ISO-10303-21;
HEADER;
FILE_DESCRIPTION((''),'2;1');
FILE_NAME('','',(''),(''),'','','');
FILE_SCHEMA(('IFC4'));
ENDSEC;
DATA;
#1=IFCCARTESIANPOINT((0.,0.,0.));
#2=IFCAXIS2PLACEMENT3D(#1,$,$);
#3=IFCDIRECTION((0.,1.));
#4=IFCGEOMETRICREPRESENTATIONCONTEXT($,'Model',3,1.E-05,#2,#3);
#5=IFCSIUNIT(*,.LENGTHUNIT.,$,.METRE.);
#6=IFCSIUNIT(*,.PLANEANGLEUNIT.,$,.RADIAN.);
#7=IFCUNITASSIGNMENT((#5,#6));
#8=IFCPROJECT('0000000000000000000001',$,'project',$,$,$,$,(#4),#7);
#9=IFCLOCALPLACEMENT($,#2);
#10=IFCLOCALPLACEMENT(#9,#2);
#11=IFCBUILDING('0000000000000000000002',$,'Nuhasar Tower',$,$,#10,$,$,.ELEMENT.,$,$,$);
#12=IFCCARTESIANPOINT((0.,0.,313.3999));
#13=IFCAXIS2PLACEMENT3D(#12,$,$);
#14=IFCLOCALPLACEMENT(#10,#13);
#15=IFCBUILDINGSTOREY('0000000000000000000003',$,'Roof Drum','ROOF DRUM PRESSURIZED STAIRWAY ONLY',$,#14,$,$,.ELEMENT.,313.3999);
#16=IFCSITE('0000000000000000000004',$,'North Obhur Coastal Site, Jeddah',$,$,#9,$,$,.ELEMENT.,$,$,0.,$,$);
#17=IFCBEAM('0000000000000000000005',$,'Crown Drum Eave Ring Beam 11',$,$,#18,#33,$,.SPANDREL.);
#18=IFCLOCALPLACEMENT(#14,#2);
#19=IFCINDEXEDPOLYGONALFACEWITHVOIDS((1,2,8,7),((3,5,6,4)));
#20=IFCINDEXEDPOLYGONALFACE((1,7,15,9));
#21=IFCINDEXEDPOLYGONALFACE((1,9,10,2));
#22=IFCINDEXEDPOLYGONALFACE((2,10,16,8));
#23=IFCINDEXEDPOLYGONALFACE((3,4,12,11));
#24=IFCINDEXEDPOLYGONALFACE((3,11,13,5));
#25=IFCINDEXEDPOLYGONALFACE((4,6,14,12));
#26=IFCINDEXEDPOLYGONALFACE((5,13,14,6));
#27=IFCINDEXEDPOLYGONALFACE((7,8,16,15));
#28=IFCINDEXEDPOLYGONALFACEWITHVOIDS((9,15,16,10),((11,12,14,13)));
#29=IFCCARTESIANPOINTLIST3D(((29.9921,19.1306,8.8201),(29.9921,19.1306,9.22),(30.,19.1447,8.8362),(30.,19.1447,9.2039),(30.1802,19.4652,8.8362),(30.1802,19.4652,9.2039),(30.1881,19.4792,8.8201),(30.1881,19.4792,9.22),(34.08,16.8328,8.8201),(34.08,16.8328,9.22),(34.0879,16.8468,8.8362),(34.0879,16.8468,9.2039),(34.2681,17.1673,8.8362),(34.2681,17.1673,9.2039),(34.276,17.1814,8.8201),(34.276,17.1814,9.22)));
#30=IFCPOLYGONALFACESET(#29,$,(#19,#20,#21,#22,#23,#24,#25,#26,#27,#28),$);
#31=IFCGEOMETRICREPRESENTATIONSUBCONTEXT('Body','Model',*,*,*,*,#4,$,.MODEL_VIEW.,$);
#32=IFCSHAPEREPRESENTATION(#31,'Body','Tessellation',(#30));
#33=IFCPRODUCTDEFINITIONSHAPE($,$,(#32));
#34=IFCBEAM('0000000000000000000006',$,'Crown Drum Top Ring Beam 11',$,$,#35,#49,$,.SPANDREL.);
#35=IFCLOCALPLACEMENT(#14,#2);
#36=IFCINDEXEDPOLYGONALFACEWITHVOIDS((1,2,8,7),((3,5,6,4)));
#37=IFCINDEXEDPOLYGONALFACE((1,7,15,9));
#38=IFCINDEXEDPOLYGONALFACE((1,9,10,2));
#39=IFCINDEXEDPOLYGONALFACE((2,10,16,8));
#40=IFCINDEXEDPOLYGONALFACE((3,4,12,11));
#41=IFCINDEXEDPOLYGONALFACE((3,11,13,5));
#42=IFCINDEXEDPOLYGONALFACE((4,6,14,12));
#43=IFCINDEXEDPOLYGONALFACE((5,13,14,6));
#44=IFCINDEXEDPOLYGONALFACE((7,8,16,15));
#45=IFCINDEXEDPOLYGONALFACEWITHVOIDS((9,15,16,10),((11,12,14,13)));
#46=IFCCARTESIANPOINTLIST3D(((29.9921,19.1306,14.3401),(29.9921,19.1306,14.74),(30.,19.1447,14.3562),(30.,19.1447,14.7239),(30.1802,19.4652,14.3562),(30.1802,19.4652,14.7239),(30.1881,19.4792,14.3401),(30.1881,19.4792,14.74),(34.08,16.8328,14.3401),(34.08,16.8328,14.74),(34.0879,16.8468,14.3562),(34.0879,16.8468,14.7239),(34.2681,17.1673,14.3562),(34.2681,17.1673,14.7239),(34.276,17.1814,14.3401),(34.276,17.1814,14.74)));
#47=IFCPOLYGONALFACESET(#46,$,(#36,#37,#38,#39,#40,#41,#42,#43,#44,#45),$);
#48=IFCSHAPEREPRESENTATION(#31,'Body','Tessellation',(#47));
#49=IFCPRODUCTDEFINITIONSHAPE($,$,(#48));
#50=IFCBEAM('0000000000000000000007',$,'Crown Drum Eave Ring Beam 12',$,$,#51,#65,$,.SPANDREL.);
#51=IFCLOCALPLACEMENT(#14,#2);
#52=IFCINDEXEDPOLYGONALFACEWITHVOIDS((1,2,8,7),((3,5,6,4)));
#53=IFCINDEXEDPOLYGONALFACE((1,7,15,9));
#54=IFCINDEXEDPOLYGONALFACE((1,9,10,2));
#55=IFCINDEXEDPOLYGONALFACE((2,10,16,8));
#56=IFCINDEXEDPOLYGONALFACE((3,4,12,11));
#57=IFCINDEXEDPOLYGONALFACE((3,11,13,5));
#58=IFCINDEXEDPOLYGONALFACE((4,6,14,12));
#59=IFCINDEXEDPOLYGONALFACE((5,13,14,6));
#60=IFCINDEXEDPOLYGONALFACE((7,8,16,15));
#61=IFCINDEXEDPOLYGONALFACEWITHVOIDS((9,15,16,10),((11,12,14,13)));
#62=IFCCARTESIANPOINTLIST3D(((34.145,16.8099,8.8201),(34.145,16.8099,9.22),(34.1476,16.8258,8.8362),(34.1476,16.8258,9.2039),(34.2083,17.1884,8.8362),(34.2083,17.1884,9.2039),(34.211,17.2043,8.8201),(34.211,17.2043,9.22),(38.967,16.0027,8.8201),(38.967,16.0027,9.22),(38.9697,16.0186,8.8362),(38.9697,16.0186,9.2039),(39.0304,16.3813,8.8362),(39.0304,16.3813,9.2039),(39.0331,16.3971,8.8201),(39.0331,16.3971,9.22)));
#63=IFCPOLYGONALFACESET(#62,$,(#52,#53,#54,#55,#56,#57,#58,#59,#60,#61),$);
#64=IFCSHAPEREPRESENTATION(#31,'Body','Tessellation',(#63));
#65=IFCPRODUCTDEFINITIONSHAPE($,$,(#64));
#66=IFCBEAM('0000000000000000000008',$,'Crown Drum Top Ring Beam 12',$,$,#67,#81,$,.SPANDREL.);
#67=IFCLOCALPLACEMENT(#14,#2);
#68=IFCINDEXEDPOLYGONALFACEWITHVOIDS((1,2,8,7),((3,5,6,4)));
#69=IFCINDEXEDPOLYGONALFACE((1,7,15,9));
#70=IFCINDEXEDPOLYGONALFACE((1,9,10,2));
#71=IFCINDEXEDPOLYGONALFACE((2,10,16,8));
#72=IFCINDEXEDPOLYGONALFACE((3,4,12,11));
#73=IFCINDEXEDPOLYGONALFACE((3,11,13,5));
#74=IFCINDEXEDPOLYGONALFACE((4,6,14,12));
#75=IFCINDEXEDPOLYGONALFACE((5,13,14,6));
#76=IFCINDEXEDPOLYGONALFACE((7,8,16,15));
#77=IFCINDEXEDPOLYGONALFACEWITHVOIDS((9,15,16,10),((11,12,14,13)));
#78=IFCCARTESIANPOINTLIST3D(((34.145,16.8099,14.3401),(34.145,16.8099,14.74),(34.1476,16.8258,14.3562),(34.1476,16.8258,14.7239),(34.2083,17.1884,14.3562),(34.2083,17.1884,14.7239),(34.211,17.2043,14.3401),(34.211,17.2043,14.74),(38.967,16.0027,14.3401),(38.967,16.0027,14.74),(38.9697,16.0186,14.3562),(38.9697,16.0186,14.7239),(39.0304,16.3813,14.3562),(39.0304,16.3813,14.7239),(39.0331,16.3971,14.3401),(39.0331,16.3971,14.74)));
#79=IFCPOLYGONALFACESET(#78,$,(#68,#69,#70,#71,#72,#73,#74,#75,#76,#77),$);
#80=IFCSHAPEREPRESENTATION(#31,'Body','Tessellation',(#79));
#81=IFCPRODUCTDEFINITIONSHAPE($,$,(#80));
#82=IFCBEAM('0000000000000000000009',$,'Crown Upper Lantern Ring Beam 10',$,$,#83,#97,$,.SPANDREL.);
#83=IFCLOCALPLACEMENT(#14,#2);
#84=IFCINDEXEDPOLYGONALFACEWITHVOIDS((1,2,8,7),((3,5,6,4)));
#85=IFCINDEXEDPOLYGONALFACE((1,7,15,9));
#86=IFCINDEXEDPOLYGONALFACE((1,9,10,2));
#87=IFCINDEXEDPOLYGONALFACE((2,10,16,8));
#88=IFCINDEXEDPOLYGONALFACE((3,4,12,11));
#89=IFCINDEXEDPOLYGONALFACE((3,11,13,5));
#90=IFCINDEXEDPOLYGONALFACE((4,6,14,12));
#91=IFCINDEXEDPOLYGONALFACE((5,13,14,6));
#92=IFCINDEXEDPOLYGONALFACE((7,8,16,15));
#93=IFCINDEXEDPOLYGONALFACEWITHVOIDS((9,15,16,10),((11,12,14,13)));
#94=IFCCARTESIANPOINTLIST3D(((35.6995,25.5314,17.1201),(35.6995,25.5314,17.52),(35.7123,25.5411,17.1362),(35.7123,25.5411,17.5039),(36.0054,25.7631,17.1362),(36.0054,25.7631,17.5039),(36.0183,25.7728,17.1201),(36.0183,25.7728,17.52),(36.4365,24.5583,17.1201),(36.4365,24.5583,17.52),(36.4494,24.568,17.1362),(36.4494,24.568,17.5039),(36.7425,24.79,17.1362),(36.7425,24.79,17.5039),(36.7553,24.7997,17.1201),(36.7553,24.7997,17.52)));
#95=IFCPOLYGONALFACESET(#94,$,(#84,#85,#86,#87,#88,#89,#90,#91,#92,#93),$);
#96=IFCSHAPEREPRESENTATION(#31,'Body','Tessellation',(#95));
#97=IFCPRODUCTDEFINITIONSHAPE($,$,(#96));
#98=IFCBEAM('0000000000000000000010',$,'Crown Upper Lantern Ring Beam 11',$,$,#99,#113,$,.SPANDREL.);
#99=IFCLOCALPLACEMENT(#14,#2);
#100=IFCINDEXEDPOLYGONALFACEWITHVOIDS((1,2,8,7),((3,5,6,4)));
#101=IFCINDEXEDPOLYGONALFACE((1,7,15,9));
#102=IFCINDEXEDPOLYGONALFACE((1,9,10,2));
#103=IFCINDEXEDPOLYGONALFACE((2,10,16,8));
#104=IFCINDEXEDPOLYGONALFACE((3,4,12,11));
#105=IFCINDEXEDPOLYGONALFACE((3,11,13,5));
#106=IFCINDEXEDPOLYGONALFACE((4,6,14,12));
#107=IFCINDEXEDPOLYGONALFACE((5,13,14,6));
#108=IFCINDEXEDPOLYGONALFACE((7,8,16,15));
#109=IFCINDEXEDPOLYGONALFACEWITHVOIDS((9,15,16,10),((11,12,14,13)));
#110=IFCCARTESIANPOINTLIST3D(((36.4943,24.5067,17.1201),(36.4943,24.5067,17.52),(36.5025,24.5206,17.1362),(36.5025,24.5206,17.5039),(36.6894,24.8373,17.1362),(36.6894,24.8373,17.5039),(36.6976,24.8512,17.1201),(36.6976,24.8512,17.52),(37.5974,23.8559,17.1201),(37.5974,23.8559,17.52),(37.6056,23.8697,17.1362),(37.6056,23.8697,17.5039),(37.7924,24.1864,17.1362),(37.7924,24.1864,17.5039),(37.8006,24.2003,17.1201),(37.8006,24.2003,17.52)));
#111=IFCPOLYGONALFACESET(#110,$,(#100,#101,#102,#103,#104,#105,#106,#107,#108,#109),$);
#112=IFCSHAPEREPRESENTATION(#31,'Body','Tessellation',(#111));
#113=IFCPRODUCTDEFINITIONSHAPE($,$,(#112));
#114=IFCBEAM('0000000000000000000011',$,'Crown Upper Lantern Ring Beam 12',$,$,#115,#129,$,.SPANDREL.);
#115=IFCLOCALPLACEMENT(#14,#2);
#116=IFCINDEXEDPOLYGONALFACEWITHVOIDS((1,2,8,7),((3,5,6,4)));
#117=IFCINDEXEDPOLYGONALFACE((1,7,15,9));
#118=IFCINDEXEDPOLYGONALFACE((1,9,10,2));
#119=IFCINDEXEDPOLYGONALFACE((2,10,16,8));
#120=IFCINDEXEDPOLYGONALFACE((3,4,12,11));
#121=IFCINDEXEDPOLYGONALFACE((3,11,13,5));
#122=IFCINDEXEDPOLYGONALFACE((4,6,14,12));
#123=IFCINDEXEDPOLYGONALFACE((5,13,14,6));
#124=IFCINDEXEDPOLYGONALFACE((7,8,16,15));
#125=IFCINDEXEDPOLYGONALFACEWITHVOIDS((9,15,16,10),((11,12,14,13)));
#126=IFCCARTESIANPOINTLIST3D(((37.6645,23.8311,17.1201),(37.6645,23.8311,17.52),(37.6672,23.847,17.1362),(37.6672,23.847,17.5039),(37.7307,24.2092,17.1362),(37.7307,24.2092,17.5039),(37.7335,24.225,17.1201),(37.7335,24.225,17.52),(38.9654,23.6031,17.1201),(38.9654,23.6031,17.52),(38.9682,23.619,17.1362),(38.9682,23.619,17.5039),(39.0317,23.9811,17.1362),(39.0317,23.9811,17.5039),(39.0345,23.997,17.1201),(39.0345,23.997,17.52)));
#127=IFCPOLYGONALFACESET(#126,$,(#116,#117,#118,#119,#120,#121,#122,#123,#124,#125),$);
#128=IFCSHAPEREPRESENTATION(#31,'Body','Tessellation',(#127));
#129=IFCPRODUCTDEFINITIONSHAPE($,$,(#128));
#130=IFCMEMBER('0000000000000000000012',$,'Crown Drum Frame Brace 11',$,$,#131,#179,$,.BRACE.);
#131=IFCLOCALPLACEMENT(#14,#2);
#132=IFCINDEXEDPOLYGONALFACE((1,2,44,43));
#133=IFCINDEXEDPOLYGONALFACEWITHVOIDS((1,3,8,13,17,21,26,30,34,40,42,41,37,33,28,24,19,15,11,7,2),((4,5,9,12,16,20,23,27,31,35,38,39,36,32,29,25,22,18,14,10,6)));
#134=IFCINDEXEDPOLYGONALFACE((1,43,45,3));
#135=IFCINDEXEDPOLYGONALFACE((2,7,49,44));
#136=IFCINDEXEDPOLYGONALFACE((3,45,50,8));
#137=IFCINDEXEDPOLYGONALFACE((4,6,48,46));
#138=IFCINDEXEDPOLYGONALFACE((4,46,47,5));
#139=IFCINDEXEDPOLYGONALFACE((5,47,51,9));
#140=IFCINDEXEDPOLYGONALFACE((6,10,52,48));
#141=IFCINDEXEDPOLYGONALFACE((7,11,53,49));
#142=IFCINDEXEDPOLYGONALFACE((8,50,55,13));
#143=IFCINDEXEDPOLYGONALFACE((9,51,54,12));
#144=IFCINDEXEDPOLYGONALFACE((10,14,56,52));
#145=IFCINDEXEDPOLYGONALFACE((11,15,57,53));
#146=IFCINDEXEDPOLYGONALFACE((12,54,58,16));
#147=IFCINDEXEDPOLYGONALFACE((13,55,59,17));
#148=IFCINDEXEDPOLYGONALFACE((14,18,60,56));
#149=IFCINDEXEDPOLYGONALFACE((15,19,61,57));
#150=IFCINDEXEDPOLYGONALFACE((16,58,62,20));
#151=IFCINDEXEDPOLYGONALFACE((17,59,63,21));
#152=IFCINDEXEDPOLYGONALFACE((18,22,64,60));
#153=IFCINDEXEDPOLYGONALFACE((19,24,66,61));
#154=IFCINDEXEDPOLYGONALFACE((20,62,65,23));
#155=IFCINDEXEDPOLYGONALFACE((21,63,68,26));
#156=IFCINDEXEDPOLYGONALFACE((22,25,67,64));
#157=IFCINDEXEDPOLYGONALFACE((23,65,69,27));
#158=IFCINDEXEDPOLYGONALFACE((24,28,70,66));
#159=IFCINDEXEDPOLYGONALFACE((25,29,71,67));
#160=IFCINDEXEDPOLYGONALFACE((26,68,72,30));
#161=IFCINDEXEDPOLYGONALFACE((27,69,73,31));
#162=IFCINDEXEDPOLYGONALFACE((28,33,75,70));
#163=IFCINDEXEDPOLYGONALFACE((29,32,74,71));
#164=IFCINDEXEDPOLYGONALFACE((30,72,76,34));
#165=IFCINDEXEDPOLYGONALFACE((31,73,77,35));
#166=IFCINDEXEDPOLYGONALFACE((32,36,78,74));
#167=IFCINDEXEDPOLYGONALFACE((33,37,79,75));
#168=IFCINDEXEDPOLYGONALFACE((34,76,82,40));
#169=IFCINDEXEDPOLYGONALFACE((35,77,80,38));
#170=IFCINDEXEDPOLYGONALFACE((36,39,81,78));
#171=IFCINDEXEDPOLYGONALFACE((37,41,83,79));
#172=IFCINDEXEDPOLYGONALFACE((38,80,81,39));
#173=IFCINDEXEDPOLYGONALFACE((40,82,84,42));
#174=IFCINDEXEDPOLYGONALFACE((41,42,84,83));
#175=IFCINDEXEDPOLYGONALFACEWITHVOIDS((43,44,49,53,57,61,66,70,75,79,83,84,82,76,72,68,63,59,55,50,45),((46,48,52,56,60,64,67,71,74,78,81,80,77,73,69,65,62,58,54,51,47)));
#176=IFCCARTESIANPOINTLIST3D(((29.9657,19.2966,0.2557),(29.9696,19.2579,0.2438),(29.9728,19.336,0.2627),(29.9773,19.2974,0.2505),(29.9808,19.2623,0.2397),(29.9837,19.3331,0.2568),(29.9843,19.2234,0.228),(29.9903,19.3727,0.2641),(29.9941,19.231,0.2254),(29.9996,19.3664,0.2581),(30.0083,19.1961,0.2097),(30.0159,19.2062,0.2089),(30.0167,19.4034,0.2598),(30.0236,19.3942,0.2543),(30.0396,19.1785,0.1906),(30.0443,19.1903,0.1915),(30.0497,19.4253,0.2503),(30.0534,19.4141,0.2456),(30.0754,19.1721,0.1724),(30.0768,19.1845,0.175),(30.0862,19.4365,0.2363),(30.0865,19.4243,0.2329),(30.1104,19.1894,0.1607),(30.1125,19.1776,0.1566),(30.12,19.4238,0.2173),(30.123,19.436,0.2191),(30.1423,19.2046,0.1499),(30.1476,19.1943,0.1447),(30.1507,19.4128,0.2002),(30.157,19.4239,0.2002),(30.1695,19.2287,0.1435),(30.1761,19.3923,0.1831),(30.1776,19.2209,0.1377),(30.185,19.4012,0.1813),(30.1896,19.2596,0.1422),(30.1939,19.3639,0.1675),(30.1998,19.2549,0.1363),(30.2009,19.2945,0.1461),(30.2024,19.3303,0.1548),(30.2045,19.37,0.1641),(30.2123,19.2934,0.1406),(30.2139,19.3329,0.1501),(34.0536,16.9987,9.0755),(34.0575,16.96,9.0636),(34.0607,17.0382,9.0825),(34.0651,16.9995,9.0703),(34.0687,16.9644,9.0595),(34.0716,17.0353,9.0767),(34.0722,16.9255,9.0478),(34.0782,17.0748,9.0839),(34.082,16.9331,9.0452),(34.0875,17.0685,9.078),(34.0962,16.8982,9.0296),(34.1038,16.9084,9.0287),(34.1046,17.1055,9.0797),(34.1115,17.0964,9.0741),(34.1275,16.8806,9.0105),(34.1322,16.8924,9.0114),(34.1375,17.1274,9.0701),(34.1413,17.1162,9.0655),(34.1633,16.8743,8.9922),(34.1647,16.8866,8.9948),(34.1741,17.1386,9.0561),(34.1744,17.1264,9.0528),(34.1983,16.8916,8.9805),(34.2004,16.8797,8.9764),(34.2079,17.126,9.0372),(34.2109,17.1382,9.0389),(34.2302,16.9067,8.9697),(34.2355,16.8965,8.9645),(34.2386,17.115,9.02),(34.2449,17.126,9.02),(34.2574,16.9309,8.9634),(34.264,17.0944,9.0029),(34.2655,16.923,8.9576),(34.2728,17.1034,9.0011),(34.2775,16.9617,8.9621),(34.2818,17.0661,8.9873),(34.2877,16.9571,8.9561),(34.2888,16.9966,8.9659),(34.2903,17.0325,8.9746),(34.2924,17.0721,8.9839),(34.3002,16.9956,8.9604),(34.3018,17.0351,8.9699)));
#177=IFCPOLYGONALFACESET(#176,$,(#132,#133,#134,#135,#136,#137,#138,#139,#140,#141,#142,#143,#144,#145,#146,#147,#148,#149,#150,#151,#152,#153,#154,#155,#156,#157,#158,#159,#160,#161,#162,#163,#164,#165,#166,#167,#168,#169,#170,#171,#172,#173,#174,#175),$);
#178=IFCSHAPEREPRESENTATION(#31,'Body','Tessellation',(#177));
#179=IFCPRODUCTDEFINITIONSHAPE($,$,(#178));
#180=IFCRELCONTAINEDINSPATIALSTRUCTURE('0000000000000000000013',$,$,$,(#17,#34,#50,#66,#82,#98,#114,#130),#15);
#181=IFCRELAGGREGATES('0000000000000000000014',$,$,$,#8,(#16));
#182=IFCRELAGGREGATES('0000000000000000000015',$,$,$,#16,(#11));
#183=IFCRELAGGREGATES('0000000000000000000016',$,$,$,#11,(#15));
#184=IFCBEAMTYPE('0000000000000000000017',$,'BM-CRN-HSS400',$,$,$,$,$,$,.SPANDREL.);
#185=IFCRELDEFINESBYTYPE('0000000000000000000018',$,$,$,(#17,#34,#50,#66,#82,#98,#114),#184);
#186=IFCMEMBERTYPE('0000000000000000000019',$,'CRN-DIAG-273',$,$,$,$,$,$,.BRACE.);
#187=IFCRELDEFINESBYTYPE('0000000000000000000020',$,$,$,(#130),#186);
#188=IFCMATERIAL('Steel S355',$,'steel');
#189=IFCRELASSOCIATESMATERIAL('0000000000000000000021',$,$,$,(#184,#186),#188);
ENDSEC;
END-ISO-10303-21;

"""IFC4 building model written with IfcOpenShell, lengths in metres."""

from ifc_helpers import new_model, si_unit, direction, frame, origin, origin_2d, place, context, subcontext, project, spatial, hollow_rectangle, hollow_circle, extrude, material, material_profile, profile_set, type_object, element, save


model = new_model("IFC4")

# Units and contexts
model_context = context("Model", 3, precision=1e-05, world=origin(), true_north=direction((0.0, 1.0)))
body_context = subcontext(model_context, "Body", "Model", "MODEL_VIEW")
ifc_project = project(units=[si_unit("LENGTHUNIT", "METRE"), si_unit("PLANEANGLEUNIT", "RADIAN")], contexts=[model_context])

# Site, building, storey
site_placement = place(None, origin())
site = spatial("IfcSite", under=ifc_project, at=site_placement, Name="North Obhur Coastal Site, Jeddah", CompositionType="ELEMENT", RefElevation=0.0)
building_placement = place(site_placement, origin())
building = spatial("IfcBuilding", under=site, at=building_placement, Name="Nuhasar Tower", CompositionType="ELEMENT")
storey_placement = place(building_placement, frame((0.0, 0.0, 313.3999)))
storey = spatial("IfcBuildingStorey", under=building, at=storey_placement, Name="Roof Drum", Description="ROOF DRUM PRESSURIZED STAIRWAY ONLY", CompositionType="ELEMENT", Elevation=313.3999)

# Beams
ifc_material_1 = material(Name="Steel S355", Category="steel")
ifc_material_profile_1 = material_profile(ifc_material_1, hollow_rectangle(XDim=0.3999, YDim=0.3999, WallThickness=0.0161, at=origin_2d()), Name="HSS400X400X16")
ifc_profile_set_1 = profile_set([ifc_material_profile_1], Name="Steel S355")
beam_type = type_object("IfcBeamType", Name="BM-CRN-HSS400", PredefinedType="SPANDREL", material=ifc_profile_set_1)
for number, where, z_axis, x_axis, name in (
    (1, (30.0901, 19.3049, 9.02), (0.87172, -0.490004, 0.0), (0.490004, 0.87172, 0.0), "Crown Drum Eave Ring Beam 11"),
    (2, (30.0901, 19.3049, 14.54), (0.87172, -0.490004, 0.0), (0.490004, 0.87172, 0.0), "Crown Drum Top Ring Beam 11"),
):
    element("IfcBeam", number, at=place(storey_placement, frame(where, z_axis=z_axis, x_axis=x_axis)), inside=storey, type_object=beam_type, Name=name, PredefinedType="SPANDREL", context=body_context, shape_type="SweptSolid", body=[
        extrude(hollow_rectangle(XDim=0.3999, YDim=0.3999, WallThickness=0.0161, at=origin_2d()), origin(), (0.0, 0.0, 1.0), 4.6895),
    ])
for number, where, z_axis, x_axis, name in (
    (3, (34.178, 17.0071, 9.02), (0.986279, -0.165087, 0.0), (0.165087, 0.986279, 0.0), "Crown Drum Eave Ring Beam 12"),
    (4, (34.178, 17.0071, 14.54), (0.986279, -0.165087, 0.0), (0.165087, 0.986279, 0.0), "Crown Drum Top Ring Beam 12"),
):
    element("IfcBeam", number, at=place(storey_placement, frame(where, z_axis=z_axis, x_axis=x_axis)), inside=storey, type_object=beam_type, Name=name, PredefinedType="SPANDREL", context=body_context, shape_type="SweptSolid", body=[
        extrude(hollow_rectangle(XDim=0.3999, YDim=0.3999, WallThickness=0.0161, at=origin_2d()), origin(), (0.0, 0.0, 1.0), 4.8892),
    ])
beam_1_placement = place(storey_placement, frame((35.8589, 25.6521, 17.3201), z_axis=(0.603769, -0.797159, 0.0), x_axis=(0.797159, 0.603769, 0.0)))
element("IfcBeam", 5, at=beam_1_placement, inside=storey, type_object=beam_type, Name="Crown Upper Lantern Ring Beam 10", PredefinedType="SPANDREL", context=body_context, shape_type="SweptSolid", body=[
    extrude(hollow_rectangle(XDim=0.3999, YDim=0.3999, WallThickness=0.0161, at=origin_2d()), origin(), (0.0, 0.0, 1.0), 1.2207),
])
beam_2_placement = place(storey_placement, frame((36.5959, 24.679, 17.3201), z_axis=(0.861238, -0.508203, 0.0), x_axis=(0.508203, 0.861238, 0.0)))
element("IfcBeam", 6, at=beam_2_placement, inside=storey, type_object=beam_type, Name="Crown Upper Lantern Ring Beam 11", PredefinedType="SPANDREL", context=body_context, shape_type="SweptSolid", body=[
    extrude(hollow_rectangle(XDim=0.3999, YDim=0.3999, WallThickness=0.0161, at=origin_2d()), origin(), (0.0, 0.0, 1.0), 1.2808),
])
beam_3_placement = place(storey_placement, frame((37.699, 24.0281, 17.3201), z_axis=(0.984986, -0.172636, 0.0), x_axis=(0.172636, 0.984986, 0.0)))
element("IfcBeam", 7, at=beam_3_placement, inside=storey, type_object=beam_type, Name="Crown Upper Lantern Ring Beam 12", PredefinedType="SPANDREL", context=body_context, shape_type="SweptSolid", body=[
    extrude(hollow_rectangle(XDim=0.3999, YDim=0.3999, WallThickness=0.0161, at=origin_2d()), origin(), (0.0, 0.0, 1.0), 1.3208),
])

# Member
ifc_material_profile_2 = material_profile(ifc_material_1, hollow_circle(Radius=0.1365, WallThickness=0.0127, at=origin_2d()), Name="HSS273.1X12.7")
ifc_profile_set_2 = profile_set([ifc_material_profile_2], Name="Steel S355")
member_type_1 = type_object("IfcMemberType", Name="CRN-DIAG-273", PredefinedType="BRACE", material=ifc_profile_set_2)
member_1_placement = place(storey_placement, frame((30.0901, 19.3049, 0.2002), z_axis=(0.409239, -0.230038, 0.882953), x_axis=(0.490004, 0.87172, 0.0)))
element("IfcMember", 8, at=member_1_placement, inside=storey, type_object=member_type_1, Name="Crown Drum Frame Brace 11", PredefinedType="BRACE", context=body_context, shape_type="SweptSolid", body=[
    extrude(hollow_circle(Radius=0.1365, WallThickness=0.0127, at=origin_2d()), origin(), (0.0, 0.0, 1.0), 9.989),
])

save(model, "model.ifc")
